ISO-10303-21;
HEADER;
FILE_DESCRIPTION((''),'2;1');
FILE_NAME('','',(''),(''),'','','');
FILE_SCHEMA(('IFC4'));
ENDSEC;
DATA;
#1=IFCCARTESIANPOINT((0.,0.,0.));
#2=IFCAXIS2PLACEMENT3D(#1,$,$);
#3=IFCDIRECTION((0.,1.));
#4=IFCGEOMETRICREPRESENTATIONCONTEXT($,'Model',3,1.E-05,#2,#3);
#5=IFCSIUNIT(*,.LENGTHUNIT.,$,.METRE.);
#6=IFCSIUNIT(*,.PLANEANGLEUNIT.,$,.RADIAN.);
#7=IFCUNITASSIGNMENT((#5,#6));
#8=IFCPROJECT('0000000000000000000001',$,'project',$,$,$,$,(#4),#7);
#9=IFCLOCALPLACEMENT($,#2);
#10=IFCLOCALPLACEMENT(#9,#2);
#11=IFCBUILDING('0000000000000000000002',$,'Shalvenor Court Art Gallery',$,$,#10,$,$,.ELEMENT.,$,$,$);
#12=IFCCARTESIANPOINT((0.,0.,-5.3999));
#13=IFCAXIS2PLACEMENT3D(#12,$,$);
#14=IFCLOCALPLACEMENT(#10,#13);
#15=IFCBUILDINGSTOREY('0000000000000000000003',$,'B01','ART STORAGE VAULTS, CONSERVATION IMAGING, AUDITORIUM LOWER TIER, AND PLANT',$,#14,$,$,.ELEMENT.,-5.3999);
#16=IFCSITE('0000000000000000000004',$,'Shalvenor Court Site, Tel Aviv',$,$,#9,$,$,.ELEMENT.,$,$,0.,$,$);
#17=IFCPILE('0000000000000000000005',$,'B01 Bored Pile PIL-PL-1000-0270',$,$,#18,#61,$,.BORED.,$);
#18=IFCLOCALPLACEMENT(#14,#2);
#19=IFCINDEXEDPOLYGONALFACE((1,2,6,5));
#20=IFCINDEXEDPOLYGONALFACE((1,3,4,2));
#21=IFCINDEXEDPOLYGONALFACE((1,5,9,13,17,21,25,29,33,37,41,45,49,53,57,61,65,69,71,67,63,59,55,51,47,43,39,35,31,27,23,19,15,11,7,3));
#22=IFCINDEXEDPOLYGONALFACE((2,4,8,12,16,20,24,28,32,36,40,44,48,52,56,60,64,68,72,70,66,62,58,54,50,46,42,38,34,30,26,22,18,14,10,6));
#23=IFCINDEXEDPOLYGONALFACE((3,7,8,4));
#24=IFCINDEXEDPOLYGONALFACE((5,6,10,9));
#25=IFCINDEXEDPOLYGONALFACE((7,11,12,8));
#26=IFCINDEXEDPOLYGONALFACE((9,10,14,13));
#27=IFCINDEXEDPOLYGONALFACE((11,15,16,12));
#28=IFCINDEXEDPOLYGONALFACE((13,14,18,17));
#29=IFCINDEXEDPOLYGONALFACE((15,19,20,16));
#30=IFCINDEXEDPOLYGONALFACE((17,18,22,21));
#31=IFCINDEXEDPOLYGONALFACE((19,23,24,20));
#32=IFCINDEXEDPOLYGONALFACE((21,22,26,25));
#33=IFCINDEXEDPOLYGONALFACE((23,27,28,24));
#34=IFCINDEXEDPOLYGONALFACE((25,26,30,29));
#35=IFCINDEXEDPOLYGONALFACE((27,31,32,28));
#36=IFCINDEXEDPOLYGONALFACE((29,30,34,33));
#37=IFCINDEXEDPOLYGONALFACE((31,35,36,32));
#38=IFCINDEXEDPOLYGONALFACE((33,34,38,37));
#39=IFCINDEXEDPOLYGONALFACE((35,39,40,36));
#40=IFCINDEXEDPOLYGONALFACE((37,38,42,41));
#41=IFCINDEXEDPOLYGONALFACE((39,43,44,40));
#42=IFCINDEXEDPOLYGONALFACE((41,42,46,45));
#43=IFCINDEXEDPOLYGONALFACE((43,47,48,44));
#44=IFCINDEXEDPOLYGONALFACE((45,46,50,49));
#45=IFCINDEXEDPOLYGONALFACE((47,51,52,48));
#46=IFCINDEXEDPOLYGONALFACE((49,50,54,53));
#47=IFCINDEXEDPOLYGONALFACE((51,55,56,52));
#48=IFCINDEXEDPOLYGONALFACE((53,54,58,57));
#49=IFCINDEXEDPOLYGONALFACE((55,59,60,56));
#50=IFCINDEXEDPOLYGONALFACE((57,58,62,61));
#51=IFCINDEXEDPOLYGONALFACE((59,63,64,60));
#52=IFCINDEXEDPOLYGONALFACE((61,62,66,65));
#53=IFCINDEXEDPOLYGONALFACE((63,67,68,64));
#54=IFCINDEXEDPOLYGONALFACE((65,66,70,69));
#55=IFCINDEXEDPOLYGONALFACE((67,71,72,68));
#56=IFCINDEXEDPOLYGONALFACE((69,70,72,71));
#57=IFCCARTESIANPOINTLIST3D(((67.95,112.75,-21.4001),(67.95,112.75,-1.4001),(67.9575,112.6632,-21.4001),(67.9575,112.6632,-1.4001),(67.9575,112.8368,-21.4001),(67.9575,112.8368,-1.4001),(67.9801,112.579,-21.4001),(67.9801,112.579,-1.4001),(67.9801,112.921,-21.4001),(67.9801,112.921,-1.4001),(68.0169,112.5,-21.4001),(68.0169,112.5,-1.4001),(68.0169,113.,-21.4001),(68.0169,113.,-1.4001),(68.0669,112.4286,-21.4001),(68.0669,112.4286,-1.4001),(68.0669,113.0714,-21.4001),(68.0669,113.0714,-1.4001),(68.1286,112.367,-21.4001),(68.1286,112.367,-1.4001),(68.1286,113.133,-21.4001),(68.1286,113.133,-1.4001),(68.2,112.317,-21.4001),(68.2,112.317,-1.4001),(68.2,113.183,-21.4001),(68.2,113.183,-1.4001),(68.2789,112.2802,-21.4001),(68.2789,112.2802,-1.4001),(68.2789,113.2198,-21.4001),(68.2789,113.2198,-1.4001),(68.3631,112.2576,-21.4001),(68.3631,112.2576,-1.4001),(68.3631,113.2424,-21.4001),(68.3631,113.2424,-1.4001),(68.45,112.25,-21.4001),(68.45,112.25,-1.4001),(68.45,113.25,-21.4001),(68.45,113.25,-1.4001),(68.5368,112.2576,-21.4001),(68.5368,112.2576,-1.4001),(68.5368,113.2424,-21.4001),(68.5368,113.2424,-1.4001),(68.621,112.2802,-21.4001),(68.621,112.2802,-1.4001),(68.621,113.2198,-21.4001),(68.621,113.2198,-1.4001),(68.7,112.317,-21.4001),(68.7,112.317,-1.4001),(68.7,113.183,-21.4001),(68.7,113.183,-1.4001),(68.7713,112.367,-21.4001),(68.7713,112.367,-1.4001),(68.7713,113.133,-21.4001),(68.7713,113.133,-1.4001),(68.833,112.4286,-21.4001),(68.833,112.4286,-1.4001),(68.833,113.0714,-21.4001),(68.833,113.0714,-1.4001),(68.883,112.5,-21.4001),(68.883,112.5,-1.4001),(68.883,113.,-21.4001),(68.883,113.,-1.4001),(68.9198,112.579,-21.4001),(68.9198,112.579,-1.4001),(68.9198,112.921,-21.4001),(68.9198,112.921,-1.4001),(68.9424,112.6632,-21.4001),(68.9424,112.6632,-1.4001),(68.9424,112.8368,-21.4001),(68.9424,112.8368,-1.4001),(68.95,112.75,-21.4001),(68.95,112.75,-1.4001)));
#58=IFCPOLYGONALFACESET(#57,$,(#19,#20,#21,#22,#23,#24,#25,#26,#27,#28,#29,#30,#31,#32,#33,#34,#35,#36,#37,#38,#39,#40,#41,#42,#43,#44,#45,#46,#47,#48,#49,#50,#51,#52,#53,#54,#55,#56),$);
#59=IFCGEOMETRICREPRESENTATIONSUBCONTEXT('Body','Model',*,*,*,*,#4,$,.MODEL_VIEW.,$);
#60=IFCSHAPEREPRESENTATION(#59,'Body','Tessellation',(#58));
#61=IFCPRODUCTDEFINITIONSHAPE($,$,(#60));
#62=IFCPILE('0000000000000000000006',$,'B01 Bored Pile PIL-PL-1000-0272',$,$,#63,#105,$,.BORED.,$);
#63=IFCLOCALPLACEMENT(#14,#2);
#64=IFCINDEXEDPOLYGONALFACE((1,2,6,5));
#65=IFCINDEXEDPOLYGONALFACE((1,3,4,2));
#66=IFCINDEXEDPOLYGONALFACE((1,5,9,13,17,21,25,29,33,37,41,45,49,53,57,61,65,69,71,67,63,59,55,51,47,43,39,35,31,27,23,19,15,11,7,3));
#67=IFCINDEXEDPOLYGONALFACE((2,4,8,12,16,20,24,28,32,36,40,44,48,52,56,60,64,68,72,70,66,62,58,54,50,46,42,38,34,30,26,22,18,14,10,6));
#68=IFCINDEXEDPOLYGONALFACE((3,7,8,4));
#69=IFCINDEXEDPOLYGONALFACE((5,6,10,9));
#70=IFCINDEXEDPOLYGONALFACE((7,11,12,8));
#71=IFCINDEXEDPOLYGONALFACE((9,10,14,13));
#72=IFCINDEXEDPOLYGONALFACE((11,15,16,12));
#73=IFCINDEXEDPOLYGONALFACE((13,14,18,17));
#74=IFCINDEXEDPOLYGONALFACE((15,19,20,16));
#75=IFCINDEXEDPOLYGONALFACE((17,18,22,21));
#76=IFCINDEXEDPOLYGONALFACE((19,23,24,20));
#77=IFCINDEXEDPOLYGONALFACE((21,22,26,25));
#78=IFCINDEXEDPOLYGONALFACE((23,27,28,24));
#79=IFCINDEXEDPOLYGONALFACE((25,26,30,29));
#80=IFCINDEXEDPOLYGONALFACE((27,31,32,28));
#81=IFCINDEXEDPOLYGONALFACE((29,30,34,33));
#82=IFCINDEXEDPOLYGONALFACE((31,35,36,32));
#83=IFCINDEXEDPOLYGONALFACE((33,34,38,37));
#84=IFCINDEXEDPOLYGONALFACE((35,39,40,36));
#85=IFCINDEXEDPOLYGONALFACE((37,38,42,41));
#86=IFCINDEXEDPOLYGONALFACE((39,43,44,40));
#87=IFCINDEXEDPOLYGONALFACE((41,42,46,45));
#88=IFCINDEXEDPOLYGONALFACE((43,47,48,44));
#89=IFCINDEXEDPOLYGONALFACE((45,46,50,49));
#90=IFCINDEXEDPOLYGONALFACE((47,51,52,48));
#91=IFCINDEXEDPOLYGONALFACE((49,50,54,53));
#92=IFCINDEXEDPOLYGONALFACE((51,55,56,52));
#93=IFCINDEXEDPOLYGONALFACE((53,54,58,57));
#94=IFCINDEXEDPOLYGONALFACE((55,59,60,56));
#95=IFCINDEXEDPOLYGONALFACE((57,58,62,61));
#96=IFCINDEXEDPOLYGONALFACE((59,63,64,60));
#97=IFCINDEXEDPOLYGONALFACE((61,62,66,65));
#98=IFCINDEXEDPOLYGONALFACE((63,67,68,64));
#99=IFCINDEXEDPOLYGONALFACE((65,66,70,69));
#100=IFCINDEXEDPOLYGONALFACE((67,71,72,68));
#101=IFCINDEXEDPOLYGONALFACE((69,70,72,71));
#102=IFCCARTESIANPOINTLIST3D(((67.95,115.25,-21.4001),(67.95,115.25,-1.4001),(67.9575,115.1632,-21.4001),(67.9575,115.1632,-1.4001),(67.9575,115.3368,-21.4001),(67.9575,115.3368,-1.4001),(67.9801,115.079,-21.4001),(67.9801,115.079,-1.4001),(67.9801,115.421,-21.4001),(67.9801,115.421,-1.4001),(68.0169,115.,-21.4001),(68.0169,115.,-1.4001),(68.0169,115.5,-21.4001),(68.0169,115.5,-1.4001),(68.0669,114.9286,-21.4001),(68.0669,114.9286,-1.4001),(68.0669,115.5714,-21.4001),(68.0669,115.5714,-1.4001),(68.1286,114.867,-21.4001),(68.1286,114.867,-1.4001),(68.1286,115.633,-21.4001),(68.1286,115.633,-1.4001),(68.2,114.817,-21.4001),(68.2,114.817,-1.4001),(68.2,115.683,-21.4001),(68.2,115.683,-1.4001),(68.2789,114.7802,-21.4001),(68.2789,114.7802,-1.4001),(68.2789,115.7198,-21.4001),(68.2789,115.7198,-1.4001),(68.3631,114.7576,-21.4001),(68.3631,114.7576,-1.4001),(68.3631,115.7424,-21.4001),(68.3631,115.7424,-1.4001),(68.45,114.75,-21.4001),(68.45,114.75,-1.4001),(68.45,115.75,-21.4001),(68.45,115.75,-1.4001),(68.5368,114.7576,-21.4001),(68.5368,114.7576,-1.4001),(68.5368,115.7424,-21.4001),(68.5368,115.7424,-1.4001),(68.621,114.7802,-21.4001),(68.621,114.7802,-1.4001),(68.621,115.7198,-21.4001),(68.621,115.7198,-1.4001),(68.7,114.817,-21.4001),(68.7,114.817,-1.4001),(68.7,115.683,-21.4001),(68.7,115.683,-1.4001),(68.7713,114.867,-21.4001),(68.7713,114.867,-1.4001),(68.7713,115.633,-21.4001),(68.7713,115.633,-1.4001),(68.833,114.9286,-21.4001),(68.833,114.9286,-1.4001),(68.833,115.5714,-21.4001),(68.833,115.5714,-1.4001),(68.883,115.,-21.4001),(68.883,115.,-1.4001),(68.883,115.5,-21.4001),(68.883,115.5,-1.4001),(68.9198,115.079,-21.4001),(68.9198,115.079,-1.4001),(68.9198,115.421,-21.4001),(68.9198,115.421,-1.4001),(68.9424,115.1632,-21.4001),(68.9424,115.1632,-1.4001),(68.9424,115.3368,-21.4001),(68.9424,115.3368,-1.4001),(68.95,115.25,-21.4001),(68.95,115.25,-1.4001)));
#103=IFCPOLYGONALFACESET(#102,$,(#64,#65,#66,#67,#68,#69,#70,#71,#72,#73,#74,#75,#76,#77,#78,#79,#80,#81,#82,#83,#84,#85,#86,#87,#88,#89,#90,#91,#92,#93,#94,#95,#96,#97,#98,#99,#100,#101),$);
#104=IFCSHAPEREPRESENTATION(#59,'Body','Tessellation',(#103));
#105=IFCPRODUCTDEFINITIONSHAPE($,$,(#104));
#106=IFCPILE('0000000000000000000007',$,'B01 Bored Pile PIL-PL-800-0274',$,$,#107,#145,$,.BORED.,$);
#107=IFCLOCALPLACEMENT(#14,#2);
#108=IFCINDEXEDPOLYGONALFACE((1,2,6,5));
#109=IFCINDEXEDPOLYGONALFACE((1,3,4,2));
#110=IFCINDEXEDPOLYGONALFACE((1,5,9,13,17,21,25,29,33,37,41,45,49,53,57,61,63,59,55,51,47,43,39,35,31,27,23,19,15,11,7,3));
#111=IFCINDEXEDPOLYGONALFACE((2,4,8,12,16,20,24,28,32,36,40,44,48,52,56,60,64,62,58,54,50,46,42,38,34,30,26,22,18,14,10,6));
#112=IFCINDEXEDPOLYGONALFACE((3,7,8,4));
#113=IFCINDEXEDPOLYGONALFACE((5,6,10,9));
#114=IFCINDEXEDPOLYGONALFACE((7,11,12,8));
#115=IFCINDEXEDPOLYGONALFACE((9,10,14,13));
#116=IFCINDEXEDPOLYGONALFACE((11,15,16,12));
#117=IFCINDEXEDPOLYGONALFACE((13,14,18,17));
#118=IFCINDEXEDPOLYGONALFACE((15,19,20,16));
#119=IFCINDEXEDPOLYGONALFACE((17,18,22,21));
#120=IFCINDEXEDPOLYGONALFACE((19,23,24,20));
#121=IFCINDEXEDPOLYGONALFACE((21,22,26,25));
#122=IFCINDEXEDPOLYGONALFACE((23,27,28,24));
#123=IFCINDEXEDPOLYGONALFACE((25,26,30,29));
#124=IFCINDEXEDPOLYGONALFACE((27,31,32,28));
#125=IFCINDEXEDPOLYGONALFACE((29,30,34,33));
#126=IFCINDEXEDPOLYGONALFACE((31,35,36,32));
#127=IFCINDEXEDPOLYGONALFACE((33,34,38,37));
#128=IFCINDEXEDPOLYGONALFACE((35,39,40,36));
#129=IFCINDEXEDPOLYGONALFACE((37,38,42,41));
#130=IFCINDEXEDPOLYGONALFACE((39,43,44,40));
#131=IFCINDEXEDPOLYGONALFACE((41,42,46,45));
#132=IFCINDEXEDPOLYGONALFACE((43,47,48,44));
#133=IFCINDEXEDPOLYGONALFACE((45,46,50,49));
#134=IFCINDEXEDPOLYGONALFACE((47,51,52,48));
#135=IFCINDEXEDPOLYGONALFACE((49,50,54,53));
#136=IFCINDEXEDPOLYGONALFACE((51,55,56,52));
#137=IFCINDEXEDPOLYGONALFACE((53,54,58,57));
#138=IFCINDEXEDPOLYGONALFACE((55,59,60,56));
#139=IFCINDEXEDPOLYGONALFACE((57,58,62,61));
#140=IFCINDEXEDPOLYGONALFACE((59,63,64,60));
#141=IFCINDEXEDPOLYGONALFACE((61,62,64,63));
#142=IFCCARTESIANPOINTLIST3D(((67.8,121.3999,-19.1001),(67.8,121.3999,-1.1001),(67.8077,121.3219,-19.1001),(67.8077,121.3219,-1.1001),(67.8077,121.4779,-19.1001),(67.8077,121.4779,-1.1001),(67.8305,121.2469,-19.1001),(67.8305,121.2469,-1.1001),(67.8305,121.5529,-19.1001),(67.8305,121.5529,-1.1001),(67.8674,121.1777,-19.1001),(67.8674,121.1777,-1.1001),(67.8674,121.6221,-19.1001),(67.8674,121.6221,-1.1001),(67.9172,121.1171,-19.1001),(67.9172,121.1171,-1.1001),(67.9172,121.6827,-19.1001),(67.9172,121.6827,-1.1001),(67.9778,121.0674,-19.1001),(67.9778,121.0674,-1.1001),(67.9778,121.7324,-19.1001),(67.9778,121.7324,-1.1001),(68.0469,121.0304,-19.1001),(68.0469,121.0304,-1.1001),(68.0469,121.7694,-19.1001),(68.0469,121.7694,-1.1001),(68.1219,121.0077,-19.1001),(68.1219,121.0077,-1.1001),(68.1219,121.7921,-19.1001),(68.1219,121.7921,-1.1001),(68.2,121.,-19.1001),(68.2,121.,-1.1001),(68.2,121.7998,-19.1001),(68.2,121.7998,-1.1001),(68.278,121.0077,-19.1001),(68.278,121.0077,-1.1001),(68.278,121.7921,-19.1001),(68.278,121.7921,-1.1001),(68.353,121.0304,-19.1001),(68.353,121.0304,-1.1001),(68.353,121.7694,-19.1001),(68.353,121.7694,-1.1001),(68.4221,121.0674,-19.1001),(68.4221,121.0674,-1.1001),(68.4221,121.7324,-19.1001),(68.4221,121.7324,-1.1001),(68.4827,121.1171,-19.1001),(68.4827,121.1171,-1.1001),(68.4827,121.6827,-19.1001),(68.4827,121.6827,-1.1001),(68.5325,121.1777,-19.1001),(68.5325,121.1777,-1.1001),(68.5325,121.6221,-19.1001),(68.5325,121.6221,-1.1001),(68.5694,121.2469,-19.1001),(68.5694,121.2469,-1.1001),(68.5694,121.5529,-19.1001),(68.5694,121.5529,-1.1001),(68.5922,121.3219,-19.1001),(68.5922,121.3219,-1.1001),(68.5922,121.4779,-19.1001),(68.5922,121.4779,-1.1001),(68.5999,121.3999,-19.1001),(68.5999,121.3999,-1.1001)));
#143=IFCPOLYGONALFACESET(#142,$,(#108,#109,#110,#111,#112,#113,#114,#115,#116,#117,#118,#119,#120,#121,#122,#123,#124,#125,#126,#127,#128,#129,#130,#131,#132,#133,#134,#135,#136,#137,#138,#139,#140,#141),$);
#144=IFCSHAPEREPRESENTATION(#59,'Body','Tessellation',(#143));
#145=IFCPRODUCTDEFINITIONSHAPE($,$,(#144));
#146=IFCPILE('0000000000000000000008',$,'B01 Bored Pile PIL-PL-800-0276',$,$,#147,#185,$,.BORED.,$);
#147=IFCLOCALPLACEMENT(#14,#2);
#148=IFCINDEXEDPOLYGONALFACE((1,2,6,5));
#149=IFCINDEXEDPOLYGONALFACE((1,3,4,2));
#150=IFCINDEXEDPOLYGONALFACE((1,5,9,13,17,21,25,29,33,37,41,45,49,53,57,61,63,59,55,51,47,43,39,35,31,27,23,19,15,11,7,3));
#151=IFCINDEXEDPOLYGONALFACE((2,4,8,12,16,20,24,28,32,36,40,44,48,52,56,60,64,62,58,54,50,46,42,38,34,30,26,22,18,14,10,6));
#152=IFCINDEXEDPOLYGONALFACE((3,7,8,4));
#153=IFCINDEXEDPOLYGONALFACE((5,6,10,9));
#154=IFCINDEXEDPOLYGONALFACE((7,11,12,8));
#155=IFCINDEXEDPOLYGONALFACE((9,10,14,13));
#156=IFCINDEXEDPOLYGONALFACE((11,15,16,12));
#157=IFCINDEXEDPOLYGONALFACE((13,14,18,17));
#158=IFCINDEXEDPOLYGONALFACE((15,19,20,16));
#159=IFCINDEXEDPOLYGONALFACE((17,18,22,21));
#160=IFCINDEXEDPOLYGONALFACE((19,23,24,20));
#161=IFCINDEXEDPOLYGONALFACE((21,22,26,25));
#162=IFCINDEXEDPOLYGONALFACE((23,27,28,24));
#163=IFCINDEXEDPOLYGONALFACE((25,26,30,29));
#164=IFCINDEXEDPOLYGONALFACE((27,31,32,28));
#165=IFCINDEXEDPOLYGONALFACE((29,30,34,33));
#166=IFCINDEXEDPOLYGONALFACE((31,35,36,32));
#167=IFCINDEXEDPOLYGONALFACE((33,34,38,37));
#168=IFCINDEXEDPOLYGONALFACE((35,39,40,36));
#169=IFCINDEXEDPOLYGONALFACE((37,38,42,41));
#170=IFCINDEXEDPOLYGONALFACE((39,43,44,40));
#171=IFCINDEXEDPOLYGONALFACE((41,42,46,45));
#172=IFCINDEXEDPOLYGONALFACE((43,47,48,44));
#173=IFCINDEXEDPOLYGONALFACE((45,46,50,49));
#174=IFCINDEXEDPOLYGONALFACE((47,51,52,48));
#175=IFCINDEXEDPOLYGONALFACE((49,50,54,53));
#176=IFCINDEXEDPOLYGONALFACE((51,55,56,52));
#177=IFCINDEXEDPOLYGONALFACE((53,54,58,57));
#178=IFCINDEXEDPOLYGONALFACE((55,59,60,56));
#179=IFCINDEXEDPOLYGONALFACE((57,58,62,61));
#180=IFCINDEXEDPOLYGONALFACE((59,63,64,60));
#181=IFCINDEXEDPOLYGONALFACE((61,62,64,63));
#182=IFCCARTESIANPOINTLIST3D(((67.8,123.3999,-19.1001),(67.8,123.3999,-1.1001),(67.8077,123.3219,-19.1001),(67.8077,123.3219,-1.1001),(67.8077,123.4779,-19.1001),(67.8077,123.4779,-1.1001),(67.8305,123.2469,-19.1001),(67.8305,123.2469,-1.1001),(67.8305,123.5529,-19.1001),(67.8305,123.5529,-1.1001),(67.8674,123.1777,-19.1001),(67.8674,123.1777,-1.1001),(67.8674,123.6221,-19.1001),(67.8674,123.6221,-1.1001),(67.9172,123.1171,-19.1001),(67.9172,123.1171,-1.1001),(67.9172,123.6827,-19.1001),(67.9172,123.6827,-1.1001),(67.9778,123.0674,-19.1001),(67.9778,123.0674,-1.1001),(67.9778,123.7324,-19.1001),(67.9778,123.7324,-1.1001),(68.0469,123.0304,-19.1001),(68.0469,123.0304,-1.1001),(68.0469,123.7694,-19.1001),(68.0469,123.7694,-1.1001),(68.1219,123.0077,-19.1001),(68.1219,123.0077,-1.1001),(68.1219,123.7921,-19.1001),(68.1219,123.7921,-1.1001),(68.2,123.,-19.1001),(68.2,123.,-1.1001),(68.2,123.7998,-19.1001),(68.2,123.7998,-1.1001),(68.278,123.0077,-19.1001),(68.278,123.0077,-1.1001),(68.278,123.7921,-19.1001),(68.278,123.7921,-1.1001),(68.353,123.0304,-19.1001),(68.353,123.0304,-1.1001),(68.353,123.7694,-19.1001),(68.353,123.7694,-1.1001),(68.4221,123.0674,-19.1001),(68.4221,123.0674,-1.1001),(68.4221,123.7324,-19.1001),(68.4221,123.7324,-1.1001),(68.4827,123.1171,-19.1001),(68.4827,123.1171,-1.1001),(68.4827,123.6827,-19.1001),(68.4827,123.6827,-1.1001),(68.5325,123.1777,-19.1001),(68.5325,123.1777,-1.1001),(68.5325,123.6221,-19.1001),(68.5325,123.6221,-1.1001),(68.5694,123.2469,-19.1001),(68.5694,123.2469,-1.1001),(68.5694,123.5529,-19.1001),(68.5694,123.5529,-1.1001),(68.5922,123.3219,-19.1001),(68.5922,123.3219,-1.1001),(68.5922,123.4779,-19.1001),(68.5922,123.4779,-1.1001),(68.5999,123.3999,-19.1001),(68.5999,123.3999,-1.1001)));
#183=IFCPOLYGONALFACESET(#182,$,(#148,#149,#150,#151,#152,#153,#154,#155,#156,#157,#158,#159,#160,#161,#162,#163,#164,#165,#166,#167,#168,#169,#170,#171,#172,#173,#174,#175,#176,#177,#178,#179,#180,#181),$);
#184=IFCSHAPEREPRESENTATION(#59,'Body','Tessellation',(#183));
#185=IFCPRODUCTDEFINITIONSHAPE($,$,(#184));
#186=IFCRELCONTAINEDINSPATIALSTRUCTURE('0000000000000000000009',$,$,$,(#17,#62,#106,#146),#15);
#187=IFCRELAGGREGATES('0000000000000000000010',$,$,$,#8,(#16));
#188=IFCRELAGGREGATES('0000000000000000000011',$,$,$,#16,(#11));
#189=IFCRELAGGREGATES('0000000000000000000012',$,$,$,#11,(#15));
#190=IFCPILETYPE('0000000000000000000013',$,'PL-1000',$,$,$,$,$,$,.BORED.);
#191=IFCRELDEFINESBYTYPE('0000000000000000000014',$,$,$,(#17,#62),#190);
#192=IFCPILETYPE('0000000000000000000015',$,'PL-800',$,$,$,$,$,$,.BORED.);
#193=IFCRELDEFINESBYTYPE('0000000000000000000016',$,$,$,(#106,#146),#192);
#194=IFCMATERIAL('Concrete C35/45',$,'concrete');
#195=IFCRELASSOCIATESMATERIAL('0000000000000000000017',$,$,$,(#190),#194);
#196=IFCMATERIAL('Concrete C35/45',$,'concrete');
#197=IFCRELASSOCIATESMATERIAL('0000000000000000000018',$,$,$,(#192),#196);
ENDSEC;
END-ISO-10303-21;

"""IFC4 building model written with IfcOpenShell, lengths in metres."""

from ifc_helpers import new_model, si_unit, direction, frame, origin, origin_2d, place, context, subcontext, project, spatial, circle, extrude, material, material_profile, profile_set, type_object, element, save


model = new_model("IFC4")

# Units and contexts
model_context = context("Model", 3, precision=1e-05, world=origin(), true_north=direction((0.0, 1.0)))
body_context = subcontext(model_context, "Body", "Model", "MODEL_VIEW")
ifc_project = project(units=[si_unit("LENGTHUNIT", "METRE"), si_unit("PLANEANGLEUNIT", "RADIAN")], contexts=[model_context])

# Site, building, storey
site_placement = place(None, origin())
site = spatial("IfcSite", under=ifc_project, at=site_placement, Name="Shalvenor Court Site, Tel Aviv", CompositionType="ELEMENT", RefElevation=0.0)
building_placement = place(site_placement, origin())
building = spatial("IfcBuilding", under=site, at=building_placement, Name="Shalvenor Court Art Gallery", CompositionType="ELEMENT")
storey_placement = place(building_placement, frame((0.0, 0.0, -5.3999)))
storey = spatial("IfcBuildingStorey", under=building, at=storey_placement, Name="B01", Description="ART STORAGE VAULTS, CONSERVATION IMAGING, AUDITORIUM LOWER TIER, AND PLANT", CompositionType="ELEMENT", Elevation=-5.3999)

# Piles
ifc_material_1 = material(Name="Concrete C35/45", Category="concrete")
ifc_material_profile_1 = material_profile(ifc_material_1, circle(Radius=0.5, at=origin_2d()), Name="PILE 1000")
ifc_profile_set_1 = profile_set([ifc_material_profile_1], Name="Concrete C35/45")
pile_type_1 = type_object("IfcPileType", Name="PL-1000", PredefinedType="BORED", material=ifc_profile_set_1)
for number, where, z_axis, x_axis, name in (
    (1, (68.45, 112.75, -1.4001), (0.0, 0.0, -1.0), (1.0, 0.0, 0.0), "B01 Bored Pile PIL-PL-1000-0270"),
    (2, (68.45, 115.25, -1.4001), (0.0, 0.0, -1.0), (1.0, 0.0, 0.0), "B01 Bored Pile PIL-PL-1000-0272"),
):
    element("IfcPile", number, at=place(storey_placement, frame(where, z_axis=z_axis, x_axis=x_axis)), inside=storey, type_object=pile_type_1, Name=name, PredefinedType="BORED", context=body_context, shape_type="SweptSolid", body=[
        extrude(circle(Radius=0.5, at=origin_2d()), origin(), (0.0, 0.0, 1.0), 20.0),
    ])
ifc_material_2 = material(Name="Concrete C35/45", Category="concrete")
ifc_material_profile_2 = material_profile(ifc_material_2, circle(Radius=0.3999, at=origin_2d()), Name="PILE 800")
ifc_profile_set_2 = profile_set([ifc_material_profile_2], Name="Concrete C35/45")
pile_type_2 = type_object("IfcPileType", Name="PL-800", PredefinedType="BORED", material=ifc_profile_set_2)
for number, where, z_axis, x_axis, name in (
    (3, (68.2, 121.3999, -1.1001), (0.0, 0.0, -1.0), (1.0, 0.0, 0.0), "B01 Bored Pile PIL-PL-800-0274"),
    (4, (68.2, 123.3999, -1.1001), (0.0, 0.0, -1.0), (1.0, 0.0, 0.0), "B01 Bored Pile PIL-PL-800-0276"),
):
    element("IfcPile", number, at=place(storey_placement, frame(where, z_axis=z_axis, x_axis=x_axis)), inside=storey, type_object=pile_type_2, Name=name, PredefinedType="BORED", context=body_context, shape_type="SweptSolid", body=[
        extrude(circle(Radius=0.3999, at=origin_2d()), origin(), (0.0, 0.0, 1.0), 18.0),
    ])

save(model, "model.ifc")
